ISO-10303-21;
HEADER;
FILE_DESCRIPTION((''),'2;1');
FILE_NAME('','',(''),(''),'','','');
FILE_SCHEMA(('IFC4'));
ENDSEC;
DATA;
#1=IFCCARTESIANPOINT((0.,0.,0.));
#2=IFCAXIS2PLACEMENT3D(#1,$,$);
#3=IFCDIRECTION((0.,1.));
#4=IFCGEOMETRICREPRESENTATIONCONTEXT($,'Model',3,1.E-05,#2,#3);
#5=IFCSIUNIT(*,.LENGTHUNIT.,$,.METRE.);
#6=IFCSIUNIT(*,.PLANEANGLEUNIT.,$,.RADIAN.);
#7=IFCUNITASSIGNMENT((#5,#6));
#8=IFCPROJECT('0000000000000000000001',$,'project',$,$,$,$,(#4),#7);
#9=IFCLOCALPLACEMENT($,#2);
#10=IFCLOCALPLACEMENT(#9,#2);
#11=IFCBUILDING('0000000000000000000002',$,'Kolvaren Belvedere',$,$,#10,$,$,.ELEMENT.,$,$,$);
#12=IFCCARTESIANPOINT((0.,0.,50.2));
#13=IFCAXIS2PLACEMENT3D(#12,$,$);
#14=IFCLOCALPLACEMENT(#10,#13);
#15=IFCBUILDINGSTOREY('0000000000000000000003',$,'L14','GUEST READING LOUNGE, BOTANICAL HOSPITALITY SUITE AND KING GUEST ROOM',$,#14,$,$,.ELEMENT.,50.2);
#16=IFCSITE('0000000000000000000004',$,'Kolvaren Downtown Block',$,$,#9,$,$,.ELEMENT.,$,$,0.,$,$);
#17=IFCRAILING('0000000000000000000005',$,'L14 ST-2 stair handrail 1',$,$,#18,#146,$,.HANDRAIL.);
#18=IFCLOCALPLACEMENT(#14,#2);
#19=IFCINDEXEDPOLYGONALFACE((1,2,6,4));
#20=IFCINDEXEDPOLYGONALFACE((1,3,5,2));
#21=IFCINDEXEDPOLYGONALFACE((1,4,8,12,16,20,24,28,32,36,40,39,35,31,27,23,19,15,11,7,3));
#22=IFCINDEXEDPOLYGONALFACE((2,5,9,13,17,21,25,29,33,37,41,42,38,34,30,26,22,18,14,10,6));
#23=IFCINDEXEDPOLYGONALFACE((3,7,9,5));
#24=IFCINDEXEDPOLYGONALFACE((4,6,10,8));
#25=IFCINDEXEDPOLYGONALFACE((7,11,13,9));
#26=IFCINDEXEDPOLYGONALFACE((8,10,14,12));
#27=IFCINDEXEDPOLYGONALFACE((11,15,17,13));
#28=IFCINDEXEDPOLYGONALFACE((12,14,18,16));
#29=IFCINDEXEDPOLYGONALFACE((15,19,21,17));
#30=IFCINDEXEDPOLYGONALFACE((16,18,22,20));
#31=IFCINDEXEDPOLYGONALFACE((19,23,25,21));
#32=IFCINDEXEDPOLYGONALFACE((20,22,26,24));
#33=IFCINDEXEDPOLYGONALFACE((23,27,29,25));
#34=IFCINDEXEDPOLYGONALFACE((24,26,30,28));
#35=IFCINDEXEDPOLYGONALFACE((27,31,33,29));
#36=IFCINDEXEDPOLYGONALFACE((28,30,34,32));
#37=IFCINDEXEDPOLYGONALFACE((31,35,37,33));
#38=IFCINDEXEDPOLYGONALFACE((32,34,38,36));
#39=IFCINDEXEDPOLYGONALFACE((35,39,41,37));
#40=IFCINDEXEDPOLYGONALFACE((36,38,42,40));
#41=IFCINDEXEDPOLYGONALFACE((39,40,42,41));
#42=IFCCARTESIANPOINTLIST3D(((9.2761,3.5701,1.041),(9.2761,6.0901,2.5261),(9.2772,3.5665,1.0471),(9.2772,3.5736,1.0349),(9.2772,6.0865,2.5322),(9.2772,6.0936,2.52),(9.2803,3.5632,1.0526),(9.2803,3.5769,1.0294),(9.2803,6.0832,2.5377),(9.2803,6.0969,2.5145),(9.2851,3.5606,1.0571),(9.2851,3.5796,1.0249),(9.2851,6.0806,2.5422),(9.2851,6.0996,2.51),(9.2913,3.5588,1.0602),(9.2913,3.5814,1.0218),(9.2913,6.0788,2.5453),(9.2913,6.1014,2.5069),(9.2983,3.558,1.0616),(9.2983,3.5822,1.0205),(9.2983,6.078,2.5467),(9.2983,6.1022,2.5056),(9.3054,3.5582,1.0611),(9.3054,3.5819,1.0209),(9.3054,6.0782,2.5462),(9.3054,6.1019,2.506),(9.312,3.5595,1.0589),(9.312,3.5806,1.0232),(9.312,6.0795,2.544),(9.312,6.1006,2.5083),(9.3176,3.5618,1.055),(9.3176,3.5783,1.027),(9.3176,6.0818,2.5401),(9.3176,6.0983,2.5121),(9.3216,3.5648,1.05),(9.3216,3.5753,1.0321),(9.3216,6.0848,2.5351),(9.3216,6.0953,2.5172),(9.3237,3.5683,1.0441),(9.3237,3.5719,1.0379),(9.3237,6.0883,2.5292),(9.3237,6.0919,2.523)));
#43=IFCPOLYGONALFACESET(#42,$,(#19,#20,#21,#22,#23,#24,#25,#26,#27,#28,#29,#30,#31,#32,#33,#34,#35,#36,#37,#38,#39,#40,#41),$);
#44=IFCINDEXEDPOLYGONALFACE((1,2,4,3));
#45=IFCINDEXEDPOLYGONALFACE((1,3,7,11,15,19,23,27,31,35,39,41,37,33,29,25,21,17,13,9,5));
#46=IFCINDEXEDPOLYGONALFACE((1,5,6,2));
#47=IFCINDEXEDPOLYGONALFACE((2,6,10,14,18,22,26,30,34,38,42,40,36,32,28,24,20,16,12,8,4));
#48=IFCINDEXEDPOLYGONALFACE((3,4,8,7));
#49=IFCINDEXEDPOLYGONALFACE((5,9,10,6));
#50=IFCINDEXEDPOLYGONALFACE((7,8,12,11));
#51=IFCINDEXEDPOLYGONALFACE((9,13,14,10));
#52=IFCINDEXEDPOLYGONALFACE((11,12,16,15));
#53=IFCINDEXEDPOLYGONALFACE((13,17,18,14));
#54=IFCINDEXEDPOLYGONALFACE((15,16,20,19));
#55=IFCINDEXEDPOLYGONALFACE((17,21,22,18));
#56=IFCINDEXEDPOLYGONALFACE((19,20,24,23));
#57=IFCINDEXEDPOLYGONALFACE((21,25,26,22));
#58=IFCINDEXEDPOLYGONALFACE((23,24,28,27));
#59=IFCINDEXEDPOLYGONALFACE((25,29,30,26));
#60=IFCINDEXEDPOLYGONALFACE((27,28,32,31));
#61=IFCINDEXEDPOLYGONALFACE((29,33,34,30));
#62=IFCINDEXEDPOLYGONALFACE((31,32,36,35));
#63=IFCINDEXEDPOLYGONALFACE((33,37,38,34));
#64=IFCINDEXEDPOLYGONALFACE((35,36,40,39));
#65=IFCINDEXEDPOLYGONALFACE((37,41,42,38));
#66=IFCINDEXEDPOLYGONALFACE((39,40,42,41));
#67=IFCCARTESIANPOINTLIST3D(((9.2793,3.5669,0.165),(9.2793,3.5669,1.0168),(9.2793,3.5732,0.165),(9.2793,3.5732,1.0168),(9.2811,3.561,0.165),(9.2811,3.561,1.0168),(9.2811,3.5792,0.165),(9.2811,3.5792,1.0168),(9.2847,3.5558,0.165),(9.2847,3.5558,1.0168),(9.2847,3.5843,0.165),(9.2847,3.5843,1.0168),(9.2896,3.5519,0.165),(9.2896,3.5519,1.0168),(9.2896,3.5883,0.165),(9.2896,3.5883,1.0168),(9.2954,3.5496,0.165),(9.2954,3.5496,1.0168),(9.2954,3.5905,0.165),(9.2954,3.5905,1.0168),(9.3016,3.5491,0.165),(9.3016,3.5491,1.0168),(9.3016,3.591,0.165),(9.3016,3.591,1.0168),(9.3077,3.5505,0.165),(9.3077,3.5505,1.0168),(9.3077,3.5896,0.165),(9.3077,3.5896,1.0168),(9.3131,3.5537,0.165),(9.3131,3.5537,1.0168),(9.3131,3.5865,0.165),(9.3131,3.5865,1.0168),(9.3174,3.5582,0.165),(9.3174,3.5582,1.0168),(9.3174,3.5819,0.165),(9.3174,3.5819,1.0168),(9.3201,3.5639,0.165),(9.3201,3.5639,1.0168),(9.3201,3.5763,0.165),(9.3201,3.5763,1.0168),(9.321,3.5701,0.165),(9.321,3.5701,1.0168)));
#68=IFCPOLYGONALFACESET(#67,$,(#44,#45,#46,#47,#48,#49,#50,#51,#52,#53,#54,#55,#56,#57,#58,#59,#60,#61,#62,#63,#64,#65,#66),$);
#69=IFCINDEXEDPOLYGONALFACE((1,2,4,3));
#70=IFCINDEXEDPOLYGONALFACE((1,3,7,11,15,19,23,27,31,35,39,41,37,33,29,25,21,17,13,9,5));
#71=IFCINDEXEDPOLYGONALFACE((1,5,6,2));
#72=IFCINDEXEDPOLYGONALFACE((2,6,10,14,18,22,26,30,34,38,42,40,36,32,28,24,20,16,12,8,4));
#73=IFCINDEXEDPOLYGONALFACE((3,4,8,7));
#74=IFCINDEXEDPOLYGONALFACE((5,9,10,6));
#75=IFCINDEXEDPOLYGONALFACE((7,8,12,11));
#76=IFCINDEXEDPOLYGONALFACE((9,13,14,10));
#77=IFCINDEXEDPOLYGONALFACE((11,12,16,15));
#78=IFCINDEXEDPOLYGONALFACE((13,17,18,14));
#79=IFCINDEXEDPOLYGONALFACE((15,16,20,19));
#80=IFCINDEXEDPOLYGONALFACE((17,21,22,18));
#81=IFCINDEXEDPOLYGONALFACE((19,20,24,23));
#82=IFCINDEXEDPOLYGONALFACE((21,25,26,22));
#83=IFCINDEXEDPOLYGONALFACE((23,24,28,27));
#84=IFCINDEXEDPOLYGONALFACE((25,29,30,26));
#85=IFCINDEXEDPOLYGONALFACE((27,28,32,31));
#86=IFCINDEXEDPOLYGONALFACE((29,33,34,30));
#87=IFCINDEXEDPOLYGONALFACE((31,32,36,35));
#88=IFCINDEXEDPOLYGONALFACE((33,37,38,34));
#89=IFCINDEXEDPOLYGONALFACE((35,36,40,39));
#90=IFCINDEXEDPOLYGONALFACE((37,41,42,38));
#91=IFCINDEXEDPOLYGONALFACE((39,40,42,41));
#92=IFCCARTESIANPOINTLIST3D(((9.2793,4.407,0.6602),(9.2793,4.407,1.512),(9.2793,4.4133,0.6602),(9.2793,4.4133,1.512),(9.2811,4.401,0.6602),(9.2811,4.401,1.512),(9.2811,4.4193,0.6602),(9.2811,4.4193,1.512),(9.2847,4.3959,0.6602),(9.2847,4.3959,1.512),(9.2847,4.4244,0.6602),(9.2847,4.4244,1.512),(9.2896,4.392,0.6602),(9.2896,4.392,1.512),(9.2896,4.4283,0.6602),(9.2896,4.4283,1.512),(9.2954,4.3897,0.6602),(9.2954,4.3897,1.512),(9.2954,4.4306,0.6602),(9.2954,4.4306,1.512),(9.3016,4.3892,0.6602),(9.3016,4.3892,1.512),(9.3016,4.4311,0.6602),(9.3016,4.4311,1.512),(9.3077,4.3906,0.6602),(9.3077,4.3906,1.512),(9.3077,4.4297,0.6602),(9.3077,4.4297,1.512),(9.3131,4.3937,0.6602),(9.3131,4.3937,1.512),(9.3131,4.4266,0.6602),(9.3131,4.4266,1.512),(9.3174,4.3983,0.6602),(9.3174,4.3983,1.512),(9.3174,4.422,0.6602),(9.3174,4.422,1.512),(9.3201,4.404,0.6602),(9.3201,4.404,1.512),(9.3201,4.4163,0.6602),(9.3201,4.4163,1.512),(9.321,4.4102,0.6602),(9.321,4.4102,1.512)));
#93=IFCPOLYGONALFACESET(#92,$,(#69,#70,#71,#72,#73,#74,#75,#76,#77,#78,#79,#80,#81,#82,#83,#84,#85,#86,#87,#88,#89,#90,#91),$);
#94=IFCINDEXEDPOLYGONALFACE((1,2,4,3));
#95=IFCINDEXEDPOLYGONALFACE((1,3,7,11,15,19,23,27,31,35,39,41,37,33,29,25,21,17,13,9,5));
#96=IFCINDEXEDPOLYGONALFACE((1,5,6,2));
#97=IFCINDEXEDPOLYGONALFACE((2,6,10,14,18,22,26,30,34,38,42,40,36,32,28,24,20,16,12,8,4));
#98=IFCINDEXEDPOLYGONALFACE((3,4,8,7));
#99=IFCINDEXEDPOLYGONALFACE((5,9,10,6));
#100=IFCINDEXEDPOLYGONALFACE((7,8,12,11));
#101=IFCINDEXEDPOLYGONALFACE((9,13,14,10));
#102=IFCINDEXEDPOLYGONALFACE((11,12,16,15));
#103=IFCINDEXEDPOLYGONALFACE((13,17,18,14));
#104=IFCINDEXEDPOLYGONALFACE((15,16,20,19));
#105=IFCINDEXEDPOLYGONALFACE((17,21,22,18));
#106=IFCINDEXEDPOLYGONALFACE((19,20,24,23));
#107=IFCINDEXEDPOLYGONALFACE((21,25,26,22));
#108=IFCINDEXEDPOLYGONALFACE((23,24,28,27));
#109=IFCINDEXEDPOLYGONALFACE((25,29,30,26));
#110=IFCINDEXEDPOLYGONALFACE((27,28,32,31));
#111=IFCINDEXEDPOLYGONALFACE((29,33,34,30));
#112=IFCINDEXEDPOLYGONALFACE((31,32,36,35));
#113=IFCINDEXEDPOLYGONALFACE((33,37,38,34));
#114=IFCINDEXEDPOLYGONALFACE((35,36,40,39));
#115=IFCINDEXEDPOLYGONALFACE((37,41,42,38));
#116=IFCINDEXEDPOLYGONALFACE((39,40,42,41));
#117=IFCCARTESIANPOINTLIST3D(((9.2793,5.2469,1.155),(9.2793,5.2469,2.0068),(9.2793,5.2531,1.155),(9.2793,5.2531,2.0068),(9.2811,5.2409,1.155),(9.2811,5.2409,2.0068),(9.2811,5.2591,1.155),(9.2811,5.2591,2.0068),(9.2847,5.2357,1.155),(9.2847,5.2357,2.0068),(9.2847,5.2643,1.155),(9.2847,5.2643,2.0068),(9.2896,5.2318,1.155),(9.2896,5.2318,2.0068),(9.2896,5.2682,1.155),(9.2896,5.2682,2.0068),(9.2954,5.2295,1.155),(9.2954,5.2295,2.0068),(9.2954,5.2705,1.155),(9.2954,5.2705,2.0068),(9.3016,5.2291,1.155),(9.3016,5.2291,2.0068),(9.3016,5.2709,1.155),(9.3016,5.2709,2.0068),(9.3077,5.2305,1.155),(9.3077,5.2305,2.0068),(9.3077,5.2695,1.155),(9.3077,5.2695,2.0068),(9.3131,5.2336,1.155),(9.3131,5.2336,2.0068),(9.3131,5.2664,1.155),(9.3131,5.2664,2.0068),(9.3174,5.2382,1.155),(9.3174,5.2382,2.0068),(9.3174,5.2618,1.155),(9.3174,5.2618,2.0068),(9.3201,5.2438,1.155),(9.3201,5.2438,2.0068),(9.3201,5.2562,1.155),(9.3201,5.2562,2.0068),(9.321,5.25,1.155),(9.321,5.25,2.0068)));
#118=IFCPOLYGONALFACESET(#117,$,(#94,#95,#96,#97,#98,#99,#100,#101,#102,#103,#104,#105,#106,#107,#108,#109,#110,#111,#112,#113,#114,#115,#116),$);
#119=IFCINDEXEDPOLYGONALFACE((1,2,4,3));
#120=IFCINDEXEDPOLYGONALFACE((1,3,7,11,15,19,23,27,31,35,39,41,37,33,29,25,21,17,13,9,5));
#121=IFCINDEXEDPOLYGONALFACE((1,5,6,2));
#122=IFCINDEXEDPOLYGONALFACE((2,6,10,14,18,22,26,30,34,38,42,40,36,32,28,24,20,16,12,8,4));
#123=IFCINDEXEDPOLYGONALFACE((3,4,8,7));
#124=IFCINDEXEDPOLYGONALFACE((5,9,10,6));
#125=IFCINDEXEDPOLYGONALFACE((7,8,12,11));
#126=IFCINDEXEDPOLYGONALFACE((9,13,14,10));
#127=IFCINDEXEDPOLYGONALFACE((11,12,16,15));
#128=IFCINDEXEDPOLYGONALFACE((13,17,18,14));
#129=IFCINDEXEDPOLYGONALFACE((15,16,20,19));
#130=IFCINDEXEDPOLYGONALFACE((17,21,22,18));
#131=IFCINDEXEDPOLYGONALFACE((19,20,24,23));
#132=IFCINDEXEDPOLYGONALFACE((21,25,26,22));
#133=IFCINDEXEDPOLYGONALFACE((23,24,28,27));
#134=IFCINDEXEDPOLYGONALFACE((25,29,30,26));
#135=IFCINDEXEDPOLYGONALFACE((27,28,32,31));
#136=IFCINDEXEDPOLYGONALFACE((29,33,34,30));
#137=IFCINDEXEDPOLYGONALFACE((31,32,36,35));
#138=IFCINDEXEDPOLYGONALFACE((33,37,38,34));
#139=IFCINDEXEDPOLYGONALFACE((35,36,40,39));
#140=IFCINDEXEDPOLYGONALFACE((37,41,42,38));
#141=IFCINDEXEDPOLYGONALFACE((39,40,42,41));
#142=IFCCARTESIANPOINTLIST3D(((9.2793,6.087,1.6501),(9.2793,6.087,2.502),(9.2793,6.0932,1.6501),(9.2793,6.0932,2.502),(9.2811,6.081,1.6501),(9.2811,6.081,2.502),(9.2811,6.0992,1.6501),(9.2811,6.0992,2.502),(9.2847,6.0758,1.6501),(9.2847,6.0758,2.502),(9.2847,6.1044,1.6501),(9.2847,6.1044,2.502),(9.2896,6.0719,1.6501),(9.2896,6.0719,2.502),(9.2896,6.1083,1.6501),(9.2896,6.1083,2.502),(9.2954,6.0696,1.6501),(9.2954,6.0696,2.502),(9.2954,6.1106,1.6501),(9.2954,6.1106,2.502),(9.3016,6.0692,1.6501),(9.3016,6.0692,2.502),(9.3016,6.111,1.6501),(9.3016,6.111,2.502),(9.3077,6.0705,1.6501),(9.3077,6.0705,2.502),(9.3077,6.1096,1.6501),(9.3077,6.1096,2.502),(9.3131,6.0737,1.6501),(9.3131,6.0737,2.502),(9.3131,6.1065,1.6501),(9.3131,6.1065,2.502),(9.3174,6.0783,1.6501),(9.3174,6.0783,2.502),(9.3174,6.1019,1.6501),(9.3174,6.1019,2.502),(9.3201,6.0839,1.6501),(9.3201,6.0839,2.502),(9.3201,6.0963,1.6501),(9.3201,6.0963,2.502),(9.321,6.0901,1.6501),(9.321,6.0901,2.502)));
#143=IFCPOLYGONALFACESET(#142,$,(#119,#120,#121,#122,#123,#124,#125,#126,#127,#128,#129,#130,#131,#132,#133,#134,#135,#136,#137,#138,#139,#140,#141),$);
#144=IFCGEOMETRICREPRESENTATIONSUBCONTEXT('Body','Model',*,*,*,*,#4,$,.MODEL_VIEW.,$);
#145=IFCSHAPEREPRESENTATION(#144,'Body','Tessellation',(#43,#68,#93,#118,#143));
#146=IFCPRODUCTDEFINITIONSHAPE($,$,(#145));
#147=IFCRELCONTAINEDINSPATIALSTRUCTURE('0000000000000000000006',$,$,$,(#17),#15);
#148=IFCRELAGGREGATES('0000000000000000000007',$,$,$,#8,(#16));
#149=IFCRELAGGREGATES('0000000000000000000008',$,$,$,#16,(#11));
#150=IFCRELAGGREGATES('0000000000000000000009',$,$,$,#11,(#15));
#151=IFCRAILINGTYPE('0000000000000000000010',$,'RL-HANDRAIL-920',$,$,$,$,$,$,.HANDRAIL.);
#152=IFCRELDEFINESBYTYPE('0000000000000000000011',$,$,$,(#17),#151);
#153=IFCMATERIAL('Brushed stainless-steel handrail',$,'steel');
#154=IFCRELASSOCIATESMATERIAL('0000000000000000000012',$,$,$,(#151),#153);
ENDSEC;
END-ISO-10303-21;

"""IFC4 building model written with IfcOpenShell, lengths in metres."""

from ifc_helpers import new_model, si_unit, direction, frame, origin, origin_2d, place, context, subcontext, project, spatial, circle, extrude, material, type_object, element, save


model = new_model("IFC4")

# Units and contexts
model_context = context("Model", 3, precision=1e-05, world=origin(), true_north=direction((0.0, 1.0)))
body_context = subcontext(model_context, "Body", "Model", "MODEL_VIEW")
ifc_project = project(units=[si_unit("LENGTHUNIT", "METRE"), si_unit("PLANEANGLEUNIT", "RADIAN")], contexts=[model_context])

# Site, building, storey
site_placement = place(None, origin())
site = spatial("IfcSite", under=ifc_project, at=site_placement, Name="Kolvaren Downtown Block", CompositionType="ELEMENT", RefElevation=0.0)
building_placement = place(site_placement, origin())
building = spatial("IfcBuilding", under=site, at=building_placement, Name="Kolvaren Belvedere", CompositionType="ELEMENT")
storey_placement = place(building_placement, frame((0.0, 0.0, 50.2)))
storey = spatial("IfcBuildingStorey", under=building, at=storey_placement, Name="L14", Description="GUEST READING LOUNGE, BOTANICAL HOSPITALITY SUITE AND KING GUEST ROOM", CompositionType="ELEMENT", Elevation=50.2)

# Railing
ifc_material_1 = material(Name="Brushed stainless-steel handrail", Category="steel")
railing_type_1 = type_object("IfcRailingType", Name="RL-HANDRAIL-920", PredefinedType="HANDRAIL", material=ifc_material_1)
railing_1_placement = place(storey_placement, frame((9.3, 3.5701, 0.165)))
element("IfcRailing", 1, at=railing_1_placement, inside=storey, type_object=railing_type_1, Name="L14 ST-2 stair handrail 1", PredefinedType="HANDRAIL", context=body_context, shape_type="SweptSolid", body=[
    extrude(circle(Radius=0.0239, at=origin_2d()), frame((0.0, 0.0, 0.876), z_axis=(0.0, 0.861524, 0.507717), x_axis=(-1.0, 0.0, 0.0)), (0.0, 0.0, 1.0), 2.925),
    extrude(circle(Radius=0.021, at=origin_2d()), origin(), (0.0, 0.0, 1.0), 0.8518),
    extrude(circle(Radius=0.021, at=origin_2d()), frame((0.0, 0.8401, 0.4951)), (0.0, 0.0, 1.0), 0.8518),
    extrude(circle(Radius=0.021, at=origin_2d()), frame((0.0, 1.6799, 0.99)), (0.0, 0.0, 1.0), 0.8518),
    extrude(circle(Radius=0.021, at=origin_2d()), frame((0.0, 2.52, 1.4851)), (0.0, 0.0, 1.0), 0.8518),
])

save(model, "model.ifc")
